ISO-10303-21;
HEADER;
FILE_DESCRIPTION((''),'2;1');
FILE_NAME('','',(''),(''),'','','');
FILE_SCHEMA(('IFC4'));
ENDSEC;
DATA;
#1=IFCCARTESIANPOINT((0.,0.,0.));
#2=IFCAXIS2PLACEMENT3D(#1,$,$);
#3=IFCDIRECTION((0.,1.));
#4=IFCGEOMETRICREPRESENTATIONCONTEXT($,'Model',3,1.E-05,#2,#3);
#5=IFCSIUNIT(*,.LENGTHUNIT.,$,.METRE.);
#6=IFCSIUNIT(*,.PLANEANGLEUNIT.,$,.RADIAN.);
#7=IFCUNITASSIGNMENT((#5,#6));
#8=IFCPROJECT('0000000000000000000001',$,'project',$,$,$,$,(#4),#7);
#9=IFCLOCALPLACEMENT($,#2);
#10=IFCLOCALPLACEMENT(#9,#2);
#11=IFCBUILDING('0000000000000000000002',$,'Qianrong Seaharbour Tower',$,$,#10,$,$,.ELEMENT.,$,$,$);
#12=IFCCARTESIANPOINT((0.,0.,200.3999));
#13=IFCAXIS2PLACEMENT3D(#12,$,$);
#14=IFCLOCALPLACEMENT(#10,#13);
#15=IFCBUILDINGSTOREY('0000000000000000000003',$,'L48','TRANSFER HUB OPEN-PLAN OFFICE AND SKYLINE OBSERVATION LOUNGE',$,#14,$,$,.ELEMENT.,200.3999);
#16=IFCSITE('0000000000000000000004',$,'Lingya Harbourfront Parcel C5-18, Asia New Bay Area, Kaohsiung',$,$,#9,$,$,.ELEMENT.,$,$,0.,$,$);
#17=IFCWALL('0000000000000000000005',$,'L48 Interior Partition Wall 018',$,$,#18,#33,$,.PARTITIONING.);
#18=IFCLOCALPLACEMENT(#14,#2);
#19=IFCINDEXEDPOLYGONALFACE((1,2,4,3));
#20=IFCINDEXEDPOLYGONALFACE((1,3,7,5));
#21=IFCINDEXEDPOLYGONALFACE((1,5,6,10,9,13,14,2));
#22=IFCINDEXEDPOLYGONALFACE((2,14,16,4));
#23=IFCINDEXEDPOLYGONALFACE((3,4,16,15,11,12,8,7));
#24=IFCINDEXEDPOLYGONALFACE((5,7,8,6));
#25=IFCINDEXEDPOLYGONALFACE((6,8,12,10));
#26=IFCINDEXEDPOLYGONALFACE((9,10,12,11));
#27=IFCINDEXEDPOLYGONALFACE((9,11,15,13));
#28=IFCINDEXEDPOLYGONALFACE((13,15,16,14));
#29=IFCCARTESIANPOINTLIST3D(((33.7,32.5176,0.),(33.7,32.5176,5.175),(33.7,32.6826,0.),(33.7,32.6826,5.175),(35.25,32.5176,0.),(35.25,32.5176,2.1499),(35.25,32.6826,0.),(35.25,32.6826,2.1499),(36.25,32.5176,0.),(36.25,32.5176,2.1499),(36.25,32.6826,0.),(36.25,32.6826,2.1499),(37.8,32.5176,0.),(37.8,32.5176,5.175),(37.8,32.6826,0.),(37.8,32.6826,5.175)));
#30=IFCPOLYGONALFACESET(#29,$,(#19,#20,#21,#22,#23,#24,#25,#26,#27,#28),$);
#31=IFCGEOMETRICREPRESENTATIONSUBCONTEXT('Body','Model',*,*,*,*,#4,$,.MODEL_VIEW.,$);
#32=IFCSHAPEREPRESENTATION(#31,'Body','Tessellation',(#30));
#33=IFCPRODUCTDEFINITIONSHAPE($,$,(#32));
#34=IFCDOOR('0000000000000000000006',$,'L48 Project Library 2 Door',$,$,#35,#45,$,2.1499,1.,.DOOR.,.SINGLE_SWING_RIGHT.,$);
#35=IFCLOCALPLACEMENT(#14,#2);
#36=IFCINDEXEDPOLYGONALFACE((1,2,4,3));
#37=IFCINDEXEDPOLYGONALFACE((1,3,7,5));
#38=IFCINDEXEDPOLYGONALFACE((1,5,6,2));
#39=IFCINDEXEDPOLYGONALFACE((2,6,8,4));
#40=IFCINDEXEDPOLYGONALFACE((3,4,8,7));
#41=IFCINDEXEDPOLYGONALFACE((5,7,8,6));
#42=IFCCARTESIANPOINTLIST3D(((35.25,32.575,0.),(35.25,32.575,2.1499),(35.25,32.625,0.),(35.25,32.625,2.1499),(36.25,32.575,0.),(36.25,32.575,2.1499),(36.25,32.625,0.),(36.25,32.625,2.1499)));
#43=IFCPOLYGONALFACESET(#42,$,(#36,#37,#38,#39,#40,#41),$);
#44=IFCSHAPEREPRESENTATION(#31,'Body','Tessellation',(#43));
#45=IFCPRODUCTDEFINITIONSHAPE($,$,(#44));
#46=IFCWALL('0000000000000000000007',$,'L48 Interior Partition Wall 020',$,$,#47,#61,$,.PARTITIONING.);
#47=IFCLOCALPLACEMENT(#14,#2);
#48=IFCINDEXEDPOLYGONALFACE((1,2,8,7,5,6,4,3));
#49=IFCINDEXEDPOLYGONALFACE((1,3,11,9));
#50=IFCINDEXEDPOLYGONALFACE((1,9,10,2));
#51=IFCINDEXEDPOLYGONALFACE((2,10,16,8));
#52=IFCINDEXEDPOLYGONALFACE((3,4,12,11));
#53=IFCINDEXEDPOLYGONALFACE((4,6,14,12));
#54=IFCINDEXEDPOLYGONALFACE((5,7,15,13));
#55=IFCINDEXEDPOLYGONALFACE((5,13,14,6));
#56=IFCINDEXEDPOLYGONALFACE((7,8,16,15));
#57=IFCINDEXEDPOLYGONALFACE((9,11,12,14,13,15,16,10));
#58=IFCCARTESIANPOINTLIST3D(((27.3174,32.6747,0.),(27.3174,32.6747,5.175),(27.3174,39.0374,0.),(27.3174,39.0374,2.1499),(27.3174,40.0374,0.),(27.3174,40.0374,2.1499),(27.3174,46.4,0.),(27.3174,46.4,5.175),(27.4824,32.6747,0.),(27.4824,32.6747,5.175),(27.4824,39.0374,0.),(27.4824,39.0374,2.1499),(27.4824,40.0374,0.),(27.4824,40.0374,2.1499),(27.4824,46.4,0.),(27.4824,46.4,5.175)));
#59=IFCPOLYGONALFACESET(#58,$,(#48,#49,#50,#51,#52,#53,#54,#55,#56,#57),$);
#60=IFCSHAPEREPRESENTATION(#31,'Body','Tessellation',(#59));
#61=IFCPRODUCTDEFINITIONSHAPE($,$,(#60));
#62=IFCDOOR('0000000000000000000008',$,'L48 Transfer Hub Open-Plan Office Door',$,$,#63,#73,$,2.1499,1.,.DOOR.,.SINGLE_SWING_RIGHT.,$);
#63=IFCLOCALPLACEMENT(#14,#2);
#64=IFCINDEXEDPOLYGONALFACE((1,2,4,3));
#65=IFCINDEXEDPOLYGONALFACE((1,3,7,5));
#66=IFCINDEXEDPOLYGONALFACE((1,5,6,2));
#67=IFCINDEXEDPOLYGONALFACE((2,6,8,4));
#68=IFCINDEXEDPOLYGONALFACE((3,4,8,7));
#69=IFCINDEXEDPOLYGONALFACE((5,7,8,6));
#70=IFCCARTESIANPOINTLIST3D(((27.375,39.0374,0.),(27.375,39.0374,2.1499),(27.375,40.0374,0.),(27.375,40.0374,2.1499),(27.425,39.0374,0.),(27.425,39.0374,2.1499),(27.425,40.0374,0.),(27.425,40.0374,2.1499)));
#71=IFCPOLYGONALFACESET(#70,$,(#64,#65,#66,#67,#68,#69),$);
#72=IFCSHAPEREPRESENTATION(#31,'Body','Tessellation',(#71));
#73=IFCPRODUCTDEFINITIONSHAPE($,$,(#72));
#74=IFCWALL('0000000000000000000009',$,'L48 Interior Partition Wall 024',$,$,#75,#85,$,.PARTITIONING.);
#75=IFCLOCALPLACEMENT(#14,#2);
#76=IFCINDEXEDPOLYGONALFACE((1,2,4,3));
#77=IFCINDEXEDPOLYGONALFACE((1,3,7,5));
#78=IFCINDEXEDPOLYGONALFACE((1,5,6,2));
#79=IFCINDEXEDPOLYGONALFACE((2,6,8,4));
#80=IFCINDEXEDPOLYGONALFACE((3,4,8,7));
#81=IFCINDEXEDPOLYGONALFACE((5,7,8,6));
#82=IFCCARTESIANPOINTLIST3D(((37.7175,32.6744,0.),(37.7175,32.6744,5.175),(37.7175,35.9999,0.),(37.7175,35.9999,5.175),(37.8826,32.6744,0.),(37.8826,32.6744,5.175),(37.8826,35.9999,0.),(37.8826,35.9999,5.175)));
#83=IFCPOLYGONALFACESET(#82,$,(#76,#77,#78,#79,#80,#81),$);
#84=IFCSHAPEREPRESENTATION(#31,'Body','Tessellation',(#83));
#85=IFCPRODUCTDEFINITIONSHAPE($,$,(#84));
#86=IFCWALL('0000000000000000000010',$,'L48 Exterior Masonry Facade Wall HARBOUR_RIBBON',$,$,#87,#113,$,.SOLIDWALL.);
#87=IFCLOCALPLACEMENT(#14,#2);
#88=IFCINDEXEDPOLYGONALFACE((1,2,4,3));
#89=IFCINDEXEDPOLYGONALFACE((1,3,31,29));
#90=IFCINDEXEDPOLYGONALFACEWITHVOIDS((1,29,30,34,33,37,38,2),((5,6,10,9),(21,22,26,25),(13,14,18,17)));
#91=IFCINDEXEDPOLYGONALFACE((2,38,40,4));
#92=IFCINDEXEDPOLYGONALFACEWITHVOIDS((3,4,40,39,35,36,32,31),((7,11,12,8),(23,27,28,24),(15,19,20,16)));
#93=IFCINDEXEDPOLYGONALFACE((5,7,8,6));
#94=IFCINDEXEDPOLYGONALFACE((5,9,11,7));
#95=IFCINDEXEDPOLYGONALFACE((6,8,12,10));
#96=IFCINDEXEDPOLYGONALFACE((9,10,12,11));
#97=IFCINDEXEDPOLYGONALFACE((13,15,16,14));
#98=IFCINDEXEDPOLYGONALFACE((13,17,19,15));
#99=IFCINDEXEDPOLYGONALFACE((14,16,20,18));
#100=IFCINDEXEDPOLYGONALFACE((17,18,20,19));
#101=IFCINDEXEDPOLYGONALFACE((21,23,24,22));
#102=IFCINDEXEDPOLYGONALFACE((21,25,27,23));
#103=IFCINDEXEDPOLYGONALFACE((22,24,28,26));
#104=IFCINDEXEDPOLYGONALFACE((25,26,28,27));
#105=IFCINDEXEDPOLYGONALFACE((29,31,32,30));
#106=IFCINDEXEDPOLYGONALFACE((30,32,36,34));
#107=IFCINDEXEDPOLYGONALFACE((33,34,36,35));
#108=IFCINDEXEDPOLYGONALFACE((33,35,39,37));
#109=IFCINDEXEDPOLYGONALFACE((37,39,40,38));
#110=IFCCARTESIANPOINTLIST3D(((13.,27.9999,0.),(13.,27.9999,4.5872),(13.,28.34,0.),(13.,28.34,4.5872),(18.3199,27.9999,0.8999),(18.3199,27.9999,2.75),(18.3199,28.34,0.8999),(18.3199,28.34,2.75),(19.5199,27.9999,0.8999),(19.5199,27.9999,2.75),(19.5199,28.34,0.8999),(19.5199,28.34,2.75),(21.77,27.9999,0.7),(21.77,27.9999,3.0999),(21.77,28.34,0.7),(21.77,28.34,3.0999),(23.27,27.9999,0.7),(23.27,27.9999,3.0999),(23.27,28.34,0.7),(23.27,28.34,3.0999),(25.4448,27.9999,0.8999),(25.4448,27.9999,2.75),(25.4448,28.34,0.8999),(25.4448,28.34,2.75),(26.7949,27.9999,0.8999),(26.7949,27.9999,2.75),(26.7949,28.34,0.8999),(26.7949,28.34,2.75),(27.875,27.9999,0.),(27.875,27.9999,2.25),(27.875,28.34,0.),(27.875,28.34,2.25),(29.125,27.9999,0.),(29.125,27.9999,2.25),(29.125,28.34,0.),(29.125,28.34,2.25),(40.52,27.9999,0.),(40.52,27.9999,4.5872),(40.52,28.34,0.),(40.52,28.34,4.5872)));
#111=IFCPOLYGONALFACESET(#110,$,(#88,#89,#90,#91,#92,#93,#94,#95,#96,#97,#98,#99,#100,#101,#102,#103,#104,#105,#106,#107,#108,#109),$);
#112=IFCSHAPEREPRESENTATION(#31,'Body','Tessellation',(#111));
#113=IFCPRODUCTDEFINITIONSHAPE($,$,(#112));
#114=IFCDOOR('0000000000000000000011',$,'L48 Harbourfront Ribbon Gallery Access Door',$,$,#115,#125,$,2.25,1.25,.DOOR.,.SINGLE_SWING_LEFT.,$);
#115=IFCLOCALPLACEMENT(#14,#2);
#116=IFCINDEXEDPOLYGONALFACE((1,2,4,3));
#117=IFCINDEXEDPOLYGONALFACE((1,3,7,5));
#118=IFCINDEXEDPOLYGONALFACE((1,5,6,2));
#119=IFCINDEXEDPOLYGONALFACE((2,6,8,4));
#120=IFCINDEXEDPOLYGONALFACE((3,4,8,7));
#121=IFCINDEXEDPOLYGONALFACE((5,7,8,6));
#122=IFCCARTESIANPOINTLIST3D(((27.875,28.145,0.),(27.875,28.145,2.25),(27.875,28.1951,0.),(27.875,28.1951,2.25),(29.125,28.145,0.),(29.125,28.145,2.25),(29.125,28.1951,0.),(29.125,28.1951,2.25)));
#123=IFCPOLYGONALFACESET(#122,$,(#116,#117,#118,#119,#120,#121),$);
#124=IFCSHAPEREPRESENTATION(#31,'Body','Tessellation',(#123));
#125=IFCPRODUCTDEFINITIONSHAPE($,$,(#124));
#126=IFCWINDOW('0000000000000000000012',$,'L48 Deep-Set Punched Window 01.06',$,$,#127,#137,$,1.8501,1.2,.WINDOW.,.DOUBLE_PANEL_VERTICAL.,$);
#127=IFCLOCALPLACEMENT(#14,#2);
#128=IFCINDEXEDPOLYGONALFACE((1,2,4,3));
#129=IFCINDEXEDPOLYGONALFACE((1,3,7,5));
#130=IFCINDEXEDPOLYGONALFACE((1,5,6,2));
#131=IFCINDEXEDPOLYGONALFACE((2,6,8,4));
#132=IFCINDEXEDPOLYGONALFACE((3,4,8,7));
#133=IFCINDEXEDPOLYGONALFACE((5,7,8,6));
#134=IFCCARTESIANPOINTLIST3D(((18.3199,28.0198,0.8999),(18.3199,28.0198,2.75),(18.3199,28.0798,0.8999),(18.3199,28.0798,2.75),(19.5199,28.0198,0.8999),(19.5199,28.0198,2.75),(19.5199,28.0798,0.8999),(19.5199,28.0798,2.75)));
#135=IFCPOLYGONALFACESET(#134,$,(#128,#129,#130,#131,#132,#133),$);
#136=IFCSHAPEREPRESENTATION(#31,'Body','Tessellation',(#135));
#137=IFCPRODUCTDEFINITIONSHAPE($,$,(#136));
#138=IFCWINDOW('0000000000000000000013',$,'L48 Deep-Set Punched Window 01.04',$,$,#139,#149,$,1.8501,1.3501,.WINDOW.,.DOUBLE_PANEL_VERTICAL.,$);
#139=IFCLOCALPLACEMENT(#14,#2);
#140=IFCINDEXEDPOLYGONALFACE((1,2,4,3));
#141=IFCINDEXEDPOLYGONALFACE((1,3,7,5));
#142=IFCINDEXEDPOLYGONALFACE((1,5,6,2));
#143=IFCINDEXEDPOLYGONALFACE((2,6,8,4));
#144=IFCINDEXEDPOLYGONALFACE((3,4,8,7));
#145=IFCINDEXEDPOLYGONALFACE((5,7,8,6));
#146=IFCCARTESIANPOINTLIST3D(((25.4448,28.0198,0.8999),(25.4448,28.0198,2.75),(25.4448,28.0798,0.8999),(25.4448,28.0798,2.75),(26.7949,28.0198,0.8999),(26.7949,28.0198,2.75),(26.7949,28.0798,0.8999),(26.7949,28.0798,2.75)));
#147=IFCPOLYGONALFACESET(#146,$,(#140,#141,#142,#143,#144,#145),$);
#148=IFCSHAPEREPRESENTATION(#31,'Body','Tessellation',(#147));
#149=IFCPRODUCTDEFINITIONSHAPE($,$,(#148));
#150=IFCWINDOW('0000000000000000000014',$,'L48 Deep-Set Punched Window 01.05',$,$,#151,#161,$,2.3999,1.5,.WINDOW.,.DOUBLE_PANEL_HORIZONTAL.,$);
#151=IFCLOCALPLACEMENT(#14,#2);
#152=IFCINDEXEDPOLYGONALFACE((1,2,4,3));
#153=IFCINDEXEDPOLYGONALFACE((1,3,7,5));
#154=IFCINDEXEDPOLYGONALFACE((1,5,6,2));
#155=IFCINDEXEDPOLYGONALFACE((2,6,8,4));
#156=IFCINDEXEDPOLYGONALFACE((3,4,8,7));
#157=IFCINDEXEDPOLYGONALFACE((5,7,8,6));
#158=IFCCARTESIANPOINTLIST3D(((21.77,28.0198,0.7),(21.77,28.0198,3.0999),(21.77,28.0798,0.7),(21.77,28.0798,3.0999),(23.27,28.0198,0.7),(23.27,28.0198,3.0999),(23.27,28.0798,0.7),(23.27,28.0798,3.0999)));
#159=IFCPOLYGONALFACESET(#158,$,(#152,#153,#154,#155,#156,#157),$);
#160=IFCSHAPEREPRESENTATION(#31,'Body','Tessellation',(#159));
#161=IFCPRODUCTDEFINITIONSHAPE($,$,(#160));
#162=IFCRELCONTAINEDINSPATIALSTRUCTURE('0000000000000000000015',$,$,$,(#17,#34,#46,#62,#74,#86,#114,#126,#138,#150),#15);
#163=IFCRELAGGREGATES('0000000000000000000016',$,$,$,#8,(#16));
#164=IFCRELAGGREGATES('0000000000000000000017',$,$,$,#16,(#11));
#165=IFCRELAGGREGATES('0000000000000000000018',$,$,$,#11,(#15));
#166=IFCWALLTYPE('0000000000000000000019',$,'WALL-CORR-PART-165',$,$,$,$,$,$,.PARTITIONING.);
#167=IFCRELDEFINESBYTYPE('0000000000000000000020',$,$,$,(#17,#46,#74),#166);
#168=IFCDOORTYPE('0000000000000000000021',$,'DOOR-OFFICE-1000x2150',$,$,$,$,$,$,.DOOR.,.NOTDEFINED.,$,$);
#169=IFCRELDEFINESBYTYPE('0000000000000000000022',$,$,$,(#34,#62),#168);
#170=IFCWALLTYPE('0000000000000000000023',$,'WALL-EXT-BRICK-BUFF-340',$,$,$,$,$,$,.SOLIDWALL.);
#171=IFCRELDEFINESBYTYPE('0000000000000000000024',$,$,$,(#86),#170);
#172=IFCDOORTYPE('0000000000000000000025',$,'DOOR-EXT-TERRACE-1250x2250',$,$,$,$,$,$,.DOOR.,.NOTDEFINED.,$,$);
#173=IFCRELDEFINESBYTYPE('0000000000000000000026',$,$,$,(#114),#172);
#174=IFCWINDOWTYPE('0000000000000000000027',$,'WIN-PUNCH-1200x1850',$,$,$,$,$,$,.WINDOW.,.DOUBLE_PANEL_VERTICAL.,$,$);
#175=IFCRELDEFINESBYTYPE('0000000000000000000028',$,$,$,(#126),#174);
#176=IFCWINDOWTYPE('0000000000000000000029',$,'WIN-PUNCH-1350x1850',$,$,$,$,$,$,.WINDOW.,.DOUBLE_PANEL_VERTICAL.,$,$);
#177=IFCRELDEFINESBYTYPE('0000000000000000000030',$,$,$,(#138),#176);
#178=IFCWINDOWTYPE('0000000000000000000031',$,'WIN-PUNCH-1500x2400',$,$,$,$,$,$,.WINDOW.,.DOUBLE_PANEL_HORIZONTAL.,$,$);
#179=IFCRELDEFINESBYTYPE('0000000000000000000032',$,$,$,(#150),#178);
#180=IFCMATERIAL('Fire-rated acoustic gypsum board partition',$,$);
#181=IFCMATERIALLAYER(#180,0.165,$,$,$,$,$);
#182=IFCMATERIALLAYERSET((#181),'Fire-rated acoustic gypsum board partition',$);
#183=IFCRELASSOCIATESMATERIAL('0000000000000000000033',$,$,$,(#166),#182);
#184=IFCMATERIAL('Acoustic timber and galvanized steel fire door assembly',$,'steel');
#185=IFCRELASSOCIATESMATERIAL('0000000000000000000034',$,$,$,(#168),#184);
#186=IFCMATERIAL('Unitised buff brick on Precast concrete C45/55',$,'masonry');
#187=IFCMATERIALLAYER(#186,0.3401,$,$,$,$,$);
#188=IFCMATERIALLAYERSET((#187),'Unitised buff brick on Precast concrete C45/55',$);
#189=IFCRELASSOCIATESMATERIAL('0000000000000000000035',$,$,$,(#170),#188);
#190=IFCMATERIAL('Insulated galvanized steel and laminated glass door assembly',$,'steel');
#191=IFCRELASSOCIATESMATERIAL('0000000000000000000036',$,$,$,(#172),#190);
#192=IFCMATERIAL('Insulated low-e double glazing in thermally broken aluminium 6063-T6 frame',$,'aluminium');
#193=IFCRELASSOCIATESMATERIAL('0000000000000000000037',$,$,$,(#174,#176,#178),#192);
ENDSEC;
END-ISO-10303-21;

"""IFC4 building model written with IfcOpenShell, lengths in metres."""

from ifc_helpers import new_model, si_unit, direction, frame, frame_2d, origin, place, context, subcontext, project, spatial, rectangle, extrude, material, layer, layer_set, type_object, element, fill, save


model = new_model("IFC4")

# Units and contexts
model_context = context("Model", 3, precision=1e-05, world=origin(), true_north=direction((0.0, 1.0)))
body_context = subcontext(model_context, "Body", "Model", "MODEL_VIEW")
ifc_project = project(units=[si_unit("LENGTHUNIT", "METRE"), si_unit("PLANEANGLEUNIT", "RADIAN")], contexts=[model_context])

# Site, building, storey
site_placement = place(None, origin())
site = spatial("IfcSite", under=ifc_project, at=site_placement, Name="Lingya Harbourfront Parcel C5-18, Asia New Bay Area, Kaohsiung", CompositionType="ELEMENT", RefElevation=0.0)
building_placement = place(site_placement, origin())
building = spatial("IfcBuilding", under=site, at=building_placement, Name="Qianrong Seaharbour Tower", CompositionType="ELEMENT")
storey_placement = place(building_placement, frame((0.0, 0.0, 200.3999)))
storey = spatial("IfcBuildingStorey", under=building, at=storey_placement, Name="L48", Description="TRANSFER HUB OPEN-PLAN OFFICE AND SKYLINE OBSERVATION LOUNGE", CompositionType="ELEMENT", Elevation=200.3999)

# Shared definitions
ifc_material_1 = material(Name="Fire-rated acoustic gypsum board partition")
ifc_layer_1 = layer(ifc_material_1, 0.165)
ifc_layer_set_1 = layer_set([ifc_layer_1], Name="Fire-rated acoustic gypsum board partition")
wall_type_1 = type_object("IfcWallType", Name="WALL-CORR-PART-165", PredefinedType="PARTITIONING", material=ifc_layer_set_1)

# Walls, openings, doors
wall_1_placement = place(storey_placement, frame((33.7, 32.6001, 0.0), z_axis=(0.0, 0.0, 1.0), x_axis=(1.0, 0.0, 0.0)))
wall_1 = element("IfcWall", 1, at=wall_1_placement, inside=storey, type_object=wall_type_1, Name="L48 Interior Partition Wall 018", PredefinedType="PARTITIONING", context=body_context, shape_type="SweptSolid", body=[
    extrude(rectangle(XDim=4.1001, YDim=0.165, at=frame_2d((2.05, 0.0))), origin(), (0.0, 0.0, 1.0), 5.175),
])
opening_1_placement = place(wall_1_placement, frame((1.55, 0.0, 0.0)))
opening_1 = element("IfcOpeningElement", 2, at=opening_1_placement, cuts=wall_1, PredefinedType="OPENING", context=body_context, shape_type="SweptSolid", body=[
    extrude(rectangle(XDim=1.0, YDim=2.1499, at=frame_2d((0.5, 1.075))), frame((0.0, 0.0925, 0.0), z_axis=(0.0, -1.0, 0.0), x_axis=(1.0, 0.0, 0.0)), (0.0, 0.0, 1.0), 0.1851),
])
ifc_material_2 = material(Name="Acoustic timber and galvanized steel fire door assembly", Category="steel")
door_type_1 = type_object("IfcDoorType", Name="DOOR-OFFICE-1000x2150", OperationType="NOTDEFINED", PredefinedType="DOOR", material=ifc_material_2)
door_1_placement = place(opening_1_placement, origin())
door_1 = element("IfcDoor", 3, at=door_1_placement, inside=storey, type_object=door_type_1, Name="L48 Project Library 2 Door", OperationType="SINGLE_SWING_RIGHT", OverallHeight=2.1499, OverallWidth=1.0, PredefinedType="DOOR", context=body_context, shape_type="SweptSolid", body=[
    extrude(rectangle(XDim=1.0, YDim=2.1499, at=frame_2d((0.5, 1.075))), frame((0.0, 0.0249, 0.0), z_axis=(0.0, -1.0, 0.0), x_axis=(1.0, 0.0, 0.0)), (0.0, 0.0, 1.0), 0.05),
])
fill(opening_1, door_1)
wall_2_placement = place(storey_placement, frame((27.3999, 32.6746, 0.0), z_axis=(0.0, 0.0, 1.0), x_axis=(0.0, 1.0, 0.0)))
wall_2 = element("IfcWall", 4, at=wall_2_placement, inside=storey, type_object=wall_type_1, Name="L48 Interior Partition Wall 020", PredefinedType="PARTITIONING", context=body_context, shape_type="SweptSolid", body=[
    extrude(rectangle(XDim=13.7253, YDim=0.165, at=frame_2d((6.8628, 0.0))), origin(), (0.0, 0.0, 1.0), 5.175),
])
opening_2_placement = place(wall_2_placement, frame((6.3628, 0.0, 0.0)))
opening_2 = element("IfcOpeningElement", 5, at=opening_2_placement, cuts=wall_2, PredefinedType="OPENING", context=body_context, shape_type="SweptSolid", body=[
    extrude(rectangle(XDim=1.0, YDim=2.1499, at=frame_2d((0.5, 1.075))), frame((0.0, 0.0925, 0.0), z_axis=(0.0, -1.0, 0.0), x_axis=(1.0, 0.0, 0.0)), (0.0, 0.0, 1.0), 0.1851),
])
door_2_placement = place(opening_2_placement, origin())
door_2 = element("IfcDoor", 6, at=door_2_placement, inside=storey, type_object=door_type_1, Name="L48 Transfer Hub Open-Plan Office Door", OperationType="SINGLE_SWING_RIGHT", OverallHeight=2.1499, OverallWidth=1.0, PredefinedType="DOOR", context=body_context, shape_type="SweptSolid", body=[
    extrude(rectangle(XDim=1.0, YDim=2.1499, at=frame_2d((0.5, 1.075))), frame((0.0, 0.0249, 0.0), z_axis=(0.0, -1.0, 0.0), x_axis=(1.0, 0.0, 0.0)), (0.0, 0.0, 1.0), 0.05),
])
fill(opening_2, door_2)

# Wall
wall_3_placement = place(storey_placement, frame((37.8, 32.6746, 0.0), z_axis=(0.0, 0.0, 1.0), x_axis=(0.0, 1.0, 0.0)))
element("IfcWall", 7, at=wall_3_placement, inside=storey, type_object=wall_type_1, Name="L48 Interior Partition Wall 024", PredefinedType="PARTITIONING", context=body_context, shape_type="SweptSolid", body=[
    extrude(rectangle(XDim=3.3254, YDim=0.165, at=frame_2d((1.6626, 0.0))), origin(), (0.0, 0.0, 1.0), 5.175),
])

# Wall, openings, door, windows
ifc_material_3 = material(Name="Unitised buff brick on Precast concrete C45/55", Category="masonry")
ifc_layer_2 = layer(ifc_material_3, 0.3401)
ifc_layer_set_2 = layer_set([ifc_layer_2], Name="Unitised buff brick on Precast concrete C45/55")
wall_type_2 = type_object("IfcWallType", Name="WALL-EXT-BRICK-BUFF-340", PredefinedType="SOLIDWALL", material=ifc_layer_set_2)
wall_4_placement = place(storey_placement, frame((40.52, 28.1699, 0.0), z_axis=(0.0, 0.0, 1.0), x_axis=(-1.0, 0.0, 0.0)))
wall_4 = element("IfcWall", 8, at=wall_4_placement, inside=storey, type_object=wall_type_2, Name="L48 Exterior Masonry Facade Wall HARBOUR_RIBBON", PredefinedType="SOLIDWALL", context=body_context, shape_type="SweptSolid", body=[
    extrude(rectangle(XDim=27.52, YDim=0.3401, at=frame_2d((13.76, 0.0))), origin(), (0.0, 0.0, 1.0), 4.5872),
])
opening_3_placement = place(wall_4_placement, frame((13.7251, 0.0, 0.8999)))
opening_3 = element("IfcOpeningElement", 9, at=opening_3_placement, cuts=wall_4, PredefinedType="OPENING", context=body_context, shape_type="SweptSolid", body=[
    extrude(rectangle(XDim=1.3501, YDim=1.8501, at=frame_2d((0.675, 0.925))), frame((0.0, 0.1802, 0.0), z_axis=(0.0, -1.0, 0.0), x_axis=(1.0, 0.0, 0.0)), (0.0, 0.0, 1.0), 0.3601),
])
opening_4_placement = place(wall_4_placement, frame((17.25, 0.0, 0.7)))
opening_4 = element("IfcOpeningElement", 10, at=opening_4_placement, cuts=wall_4, PredefinedType="OPENING", context=body_context, shape_type="SweptSolid", body=[
    extrude(rectangle(XDim=1.5, YDim=2.3999, at=frame_2d((0.75, 1.2))), frame((0.0, 0.1802, 0.0), z_axis=(0.0, -1.0, 0.0), x_axis=(1.0, 0.0, 0.0)), (0.0, 0.0, 1.0), 0.3601),
])
opening_5_placement = place(wall_4_placement, frame((21.0, 0.0, 0.8999)))
opening_5 = element("IfcOpeningElement", 11, at=opening_5_placement, cuts=wall_4, PredefinedType="OPENING", context=body_context, shape_type="SweptSolid", body=[
    extrude(rectangle(XDim=1.2, YDim=1.8501, at=frame_2d((0.6001, 0.925))), frame((0.0, 0.1802, 0.0), z_axis=(0.0, -1.0, 0.0), x_axis=(1.0, 0.0, 0.0)), (0.0, 0.0, 1.0), 0.3601),
])
opening_6_placement = place(wall_4_placement, frame((11.395, 0.0, 0.0)))
opening_6 = element("IfcOpeningElement", 12, at=opening_6_placement, cuts=wall_4, PredefinedType="OPENING", context=body_context, shape_type="SweptSolid", body=[
    extrude(rectangle(XDim=1.25, YDim=2.25, at=frame_2d((0.625, 1.125))), frame((0.0, 0.1802, 0.0), z_axis=(0.0, -1.0, 0.0), x_axis=(1.0, 0.0, 0.0)), (0.0, 0.0, 1.0), 0.3601),
])
ifc_material_4 = material(Name="Insulated galvanized steel and laminated glass door assembly", Category="steel")
door_type_2 = type_object("IfcDoorType", Name="DOOR-EXT-TERRACE-1250x2250", OperationType="NOTDEFINED", PredefinedType="DOOR", material=ifc_material_4)
door_3_placement = place(opening_6_placement, origin())
door_3 = element("IfcDoor", 13, at=door_3_placement, inside=storey, type_object=door_type_2, Name="L48 Harbourfront Ribbon Gallery Access Door", OperationType="SINGLE_SWING_LEFT", OverallHeight=2.25, OverallWidth=1.25, PredefinedType="DOOR", context=body_context, shape_type="SweptSolid", body=[
    extrude(rectangle(XDim=1.25, YDim=2.25, at=frame_2d((0.625, 1.125))), frame((0.0, 0.0249, 0.0), z_axis=(0.0, -1.0, 0.0), x_axis=(1.0, 0.0, 0.0)), (0.0, 0.0, 1.0), 0.05),
])
fill(opening_6, door_3)
ifc_material_5 = material(Name="Insulated low-e double glazing in thermally broken aluminium 6063-T6 frame", Category="aluminium")
window_type_1 = type_object("IfcWindowType", Name="WIN-PUNCH-1200x1850", PartitioningType="DOUBLE_PANEL_VERTICAL", PredefinedType="WINDOW", material=ifc_material_5)
window_1_placement = place(opening_5_placement, origin())
window_1 = element("IfcWindow", 14, at=window_1_placement, inside=storey, type_object=window_type_1, Name="L48 Deep-Set Punched Window 01.06", OverallHeight=1.8501, OverallWidth=1.2, PartitioningType="DOUBLE_PANEL_VERTICAL", PredefinedType="WINDOW", context=body_context, shape_type="SweptSolid", body=[
    extrude(rectangle(XDim=1.2, YDim=1.8501, at=frame_2d((0.6001, 0.925))), frame((0.0, 0.1501, 0.0), z_axis=(0.0, -1.0, 0.0), x_axis=(1.0, 0.0, 0.0)), (0.0, 0.0, 1.0), 0.0601),
])
fill(opening_5, window_1)
window_type_2 = type_object("IfcWindowType", Name="WIN-PUNCH-1350x1850", PartitioningType="DOUBLE_PANEL_VERTICAL", PredefinedType="WINDOW", material=ifc_material_5)
window_2_placement = place(opening_3_placement, origin())
window_2 = element("IfcWindow", 15, at=window_2_placement, inside=storey, type_object=window_type_2, Name="L48 Deep-Set Punched Window 01.04", OverallHeight=1.8501, OverallWidth=1.3501, PartitioningType="DOUBLE_PANEL_VERTICAL", PredefinedType="WINDOW", context=body_context, shape_type="SweptSolid", body=[
    extrude(rectangle(XDim=1.3501, YDim=1.8501, at=frame_2d((0.675, 0.925))), frame((0.0, 0.1501, 0.0), z_axis=(0.0, -1.0, 0.0), x_axis=(1.0, 0.0, 0.0)), (0.0, 0.0, 1.0), 0.0601),
])
fill(opening_3, window_2)
window_type_3 = type_object("IfcWindowType", Name="WIN-PUNCH-1500x2400", PartitioningType="DOUBLE_PANEL_HORIZONTAL", PredefinedType="WINDOW", material=ifc_material_5)
window_3_placement = place(opening_4_placement, origin())
window_3 = element("IfcWindow", 16, at=window_3_placement, inside=storey, type_object=window_type_3, Name="L48 Deep-Set Punched Window 01.05", OverallHeight=2.3999, OverallWidth=1.5, PartitioningType="DOUBLE_PANEL_HORIZONTAL", PredefinedType="WINDOW", context=body_context, shape_type="SweptSolid", body=[
    extrude(rectangle(XDim=1.5, YDim=2.3999, at=frame_2d((0.75, 1.2))), frame((0.0, 0.1501, 0.0), z_axis=(0.0, -1.0, 0.0), x_axis=(1.0, 0.0, 0.0)), (0.0, 0.0, 1.0), 0.0601),
])
fill(opening_4, window_3)

save(model, "model.ifc")
